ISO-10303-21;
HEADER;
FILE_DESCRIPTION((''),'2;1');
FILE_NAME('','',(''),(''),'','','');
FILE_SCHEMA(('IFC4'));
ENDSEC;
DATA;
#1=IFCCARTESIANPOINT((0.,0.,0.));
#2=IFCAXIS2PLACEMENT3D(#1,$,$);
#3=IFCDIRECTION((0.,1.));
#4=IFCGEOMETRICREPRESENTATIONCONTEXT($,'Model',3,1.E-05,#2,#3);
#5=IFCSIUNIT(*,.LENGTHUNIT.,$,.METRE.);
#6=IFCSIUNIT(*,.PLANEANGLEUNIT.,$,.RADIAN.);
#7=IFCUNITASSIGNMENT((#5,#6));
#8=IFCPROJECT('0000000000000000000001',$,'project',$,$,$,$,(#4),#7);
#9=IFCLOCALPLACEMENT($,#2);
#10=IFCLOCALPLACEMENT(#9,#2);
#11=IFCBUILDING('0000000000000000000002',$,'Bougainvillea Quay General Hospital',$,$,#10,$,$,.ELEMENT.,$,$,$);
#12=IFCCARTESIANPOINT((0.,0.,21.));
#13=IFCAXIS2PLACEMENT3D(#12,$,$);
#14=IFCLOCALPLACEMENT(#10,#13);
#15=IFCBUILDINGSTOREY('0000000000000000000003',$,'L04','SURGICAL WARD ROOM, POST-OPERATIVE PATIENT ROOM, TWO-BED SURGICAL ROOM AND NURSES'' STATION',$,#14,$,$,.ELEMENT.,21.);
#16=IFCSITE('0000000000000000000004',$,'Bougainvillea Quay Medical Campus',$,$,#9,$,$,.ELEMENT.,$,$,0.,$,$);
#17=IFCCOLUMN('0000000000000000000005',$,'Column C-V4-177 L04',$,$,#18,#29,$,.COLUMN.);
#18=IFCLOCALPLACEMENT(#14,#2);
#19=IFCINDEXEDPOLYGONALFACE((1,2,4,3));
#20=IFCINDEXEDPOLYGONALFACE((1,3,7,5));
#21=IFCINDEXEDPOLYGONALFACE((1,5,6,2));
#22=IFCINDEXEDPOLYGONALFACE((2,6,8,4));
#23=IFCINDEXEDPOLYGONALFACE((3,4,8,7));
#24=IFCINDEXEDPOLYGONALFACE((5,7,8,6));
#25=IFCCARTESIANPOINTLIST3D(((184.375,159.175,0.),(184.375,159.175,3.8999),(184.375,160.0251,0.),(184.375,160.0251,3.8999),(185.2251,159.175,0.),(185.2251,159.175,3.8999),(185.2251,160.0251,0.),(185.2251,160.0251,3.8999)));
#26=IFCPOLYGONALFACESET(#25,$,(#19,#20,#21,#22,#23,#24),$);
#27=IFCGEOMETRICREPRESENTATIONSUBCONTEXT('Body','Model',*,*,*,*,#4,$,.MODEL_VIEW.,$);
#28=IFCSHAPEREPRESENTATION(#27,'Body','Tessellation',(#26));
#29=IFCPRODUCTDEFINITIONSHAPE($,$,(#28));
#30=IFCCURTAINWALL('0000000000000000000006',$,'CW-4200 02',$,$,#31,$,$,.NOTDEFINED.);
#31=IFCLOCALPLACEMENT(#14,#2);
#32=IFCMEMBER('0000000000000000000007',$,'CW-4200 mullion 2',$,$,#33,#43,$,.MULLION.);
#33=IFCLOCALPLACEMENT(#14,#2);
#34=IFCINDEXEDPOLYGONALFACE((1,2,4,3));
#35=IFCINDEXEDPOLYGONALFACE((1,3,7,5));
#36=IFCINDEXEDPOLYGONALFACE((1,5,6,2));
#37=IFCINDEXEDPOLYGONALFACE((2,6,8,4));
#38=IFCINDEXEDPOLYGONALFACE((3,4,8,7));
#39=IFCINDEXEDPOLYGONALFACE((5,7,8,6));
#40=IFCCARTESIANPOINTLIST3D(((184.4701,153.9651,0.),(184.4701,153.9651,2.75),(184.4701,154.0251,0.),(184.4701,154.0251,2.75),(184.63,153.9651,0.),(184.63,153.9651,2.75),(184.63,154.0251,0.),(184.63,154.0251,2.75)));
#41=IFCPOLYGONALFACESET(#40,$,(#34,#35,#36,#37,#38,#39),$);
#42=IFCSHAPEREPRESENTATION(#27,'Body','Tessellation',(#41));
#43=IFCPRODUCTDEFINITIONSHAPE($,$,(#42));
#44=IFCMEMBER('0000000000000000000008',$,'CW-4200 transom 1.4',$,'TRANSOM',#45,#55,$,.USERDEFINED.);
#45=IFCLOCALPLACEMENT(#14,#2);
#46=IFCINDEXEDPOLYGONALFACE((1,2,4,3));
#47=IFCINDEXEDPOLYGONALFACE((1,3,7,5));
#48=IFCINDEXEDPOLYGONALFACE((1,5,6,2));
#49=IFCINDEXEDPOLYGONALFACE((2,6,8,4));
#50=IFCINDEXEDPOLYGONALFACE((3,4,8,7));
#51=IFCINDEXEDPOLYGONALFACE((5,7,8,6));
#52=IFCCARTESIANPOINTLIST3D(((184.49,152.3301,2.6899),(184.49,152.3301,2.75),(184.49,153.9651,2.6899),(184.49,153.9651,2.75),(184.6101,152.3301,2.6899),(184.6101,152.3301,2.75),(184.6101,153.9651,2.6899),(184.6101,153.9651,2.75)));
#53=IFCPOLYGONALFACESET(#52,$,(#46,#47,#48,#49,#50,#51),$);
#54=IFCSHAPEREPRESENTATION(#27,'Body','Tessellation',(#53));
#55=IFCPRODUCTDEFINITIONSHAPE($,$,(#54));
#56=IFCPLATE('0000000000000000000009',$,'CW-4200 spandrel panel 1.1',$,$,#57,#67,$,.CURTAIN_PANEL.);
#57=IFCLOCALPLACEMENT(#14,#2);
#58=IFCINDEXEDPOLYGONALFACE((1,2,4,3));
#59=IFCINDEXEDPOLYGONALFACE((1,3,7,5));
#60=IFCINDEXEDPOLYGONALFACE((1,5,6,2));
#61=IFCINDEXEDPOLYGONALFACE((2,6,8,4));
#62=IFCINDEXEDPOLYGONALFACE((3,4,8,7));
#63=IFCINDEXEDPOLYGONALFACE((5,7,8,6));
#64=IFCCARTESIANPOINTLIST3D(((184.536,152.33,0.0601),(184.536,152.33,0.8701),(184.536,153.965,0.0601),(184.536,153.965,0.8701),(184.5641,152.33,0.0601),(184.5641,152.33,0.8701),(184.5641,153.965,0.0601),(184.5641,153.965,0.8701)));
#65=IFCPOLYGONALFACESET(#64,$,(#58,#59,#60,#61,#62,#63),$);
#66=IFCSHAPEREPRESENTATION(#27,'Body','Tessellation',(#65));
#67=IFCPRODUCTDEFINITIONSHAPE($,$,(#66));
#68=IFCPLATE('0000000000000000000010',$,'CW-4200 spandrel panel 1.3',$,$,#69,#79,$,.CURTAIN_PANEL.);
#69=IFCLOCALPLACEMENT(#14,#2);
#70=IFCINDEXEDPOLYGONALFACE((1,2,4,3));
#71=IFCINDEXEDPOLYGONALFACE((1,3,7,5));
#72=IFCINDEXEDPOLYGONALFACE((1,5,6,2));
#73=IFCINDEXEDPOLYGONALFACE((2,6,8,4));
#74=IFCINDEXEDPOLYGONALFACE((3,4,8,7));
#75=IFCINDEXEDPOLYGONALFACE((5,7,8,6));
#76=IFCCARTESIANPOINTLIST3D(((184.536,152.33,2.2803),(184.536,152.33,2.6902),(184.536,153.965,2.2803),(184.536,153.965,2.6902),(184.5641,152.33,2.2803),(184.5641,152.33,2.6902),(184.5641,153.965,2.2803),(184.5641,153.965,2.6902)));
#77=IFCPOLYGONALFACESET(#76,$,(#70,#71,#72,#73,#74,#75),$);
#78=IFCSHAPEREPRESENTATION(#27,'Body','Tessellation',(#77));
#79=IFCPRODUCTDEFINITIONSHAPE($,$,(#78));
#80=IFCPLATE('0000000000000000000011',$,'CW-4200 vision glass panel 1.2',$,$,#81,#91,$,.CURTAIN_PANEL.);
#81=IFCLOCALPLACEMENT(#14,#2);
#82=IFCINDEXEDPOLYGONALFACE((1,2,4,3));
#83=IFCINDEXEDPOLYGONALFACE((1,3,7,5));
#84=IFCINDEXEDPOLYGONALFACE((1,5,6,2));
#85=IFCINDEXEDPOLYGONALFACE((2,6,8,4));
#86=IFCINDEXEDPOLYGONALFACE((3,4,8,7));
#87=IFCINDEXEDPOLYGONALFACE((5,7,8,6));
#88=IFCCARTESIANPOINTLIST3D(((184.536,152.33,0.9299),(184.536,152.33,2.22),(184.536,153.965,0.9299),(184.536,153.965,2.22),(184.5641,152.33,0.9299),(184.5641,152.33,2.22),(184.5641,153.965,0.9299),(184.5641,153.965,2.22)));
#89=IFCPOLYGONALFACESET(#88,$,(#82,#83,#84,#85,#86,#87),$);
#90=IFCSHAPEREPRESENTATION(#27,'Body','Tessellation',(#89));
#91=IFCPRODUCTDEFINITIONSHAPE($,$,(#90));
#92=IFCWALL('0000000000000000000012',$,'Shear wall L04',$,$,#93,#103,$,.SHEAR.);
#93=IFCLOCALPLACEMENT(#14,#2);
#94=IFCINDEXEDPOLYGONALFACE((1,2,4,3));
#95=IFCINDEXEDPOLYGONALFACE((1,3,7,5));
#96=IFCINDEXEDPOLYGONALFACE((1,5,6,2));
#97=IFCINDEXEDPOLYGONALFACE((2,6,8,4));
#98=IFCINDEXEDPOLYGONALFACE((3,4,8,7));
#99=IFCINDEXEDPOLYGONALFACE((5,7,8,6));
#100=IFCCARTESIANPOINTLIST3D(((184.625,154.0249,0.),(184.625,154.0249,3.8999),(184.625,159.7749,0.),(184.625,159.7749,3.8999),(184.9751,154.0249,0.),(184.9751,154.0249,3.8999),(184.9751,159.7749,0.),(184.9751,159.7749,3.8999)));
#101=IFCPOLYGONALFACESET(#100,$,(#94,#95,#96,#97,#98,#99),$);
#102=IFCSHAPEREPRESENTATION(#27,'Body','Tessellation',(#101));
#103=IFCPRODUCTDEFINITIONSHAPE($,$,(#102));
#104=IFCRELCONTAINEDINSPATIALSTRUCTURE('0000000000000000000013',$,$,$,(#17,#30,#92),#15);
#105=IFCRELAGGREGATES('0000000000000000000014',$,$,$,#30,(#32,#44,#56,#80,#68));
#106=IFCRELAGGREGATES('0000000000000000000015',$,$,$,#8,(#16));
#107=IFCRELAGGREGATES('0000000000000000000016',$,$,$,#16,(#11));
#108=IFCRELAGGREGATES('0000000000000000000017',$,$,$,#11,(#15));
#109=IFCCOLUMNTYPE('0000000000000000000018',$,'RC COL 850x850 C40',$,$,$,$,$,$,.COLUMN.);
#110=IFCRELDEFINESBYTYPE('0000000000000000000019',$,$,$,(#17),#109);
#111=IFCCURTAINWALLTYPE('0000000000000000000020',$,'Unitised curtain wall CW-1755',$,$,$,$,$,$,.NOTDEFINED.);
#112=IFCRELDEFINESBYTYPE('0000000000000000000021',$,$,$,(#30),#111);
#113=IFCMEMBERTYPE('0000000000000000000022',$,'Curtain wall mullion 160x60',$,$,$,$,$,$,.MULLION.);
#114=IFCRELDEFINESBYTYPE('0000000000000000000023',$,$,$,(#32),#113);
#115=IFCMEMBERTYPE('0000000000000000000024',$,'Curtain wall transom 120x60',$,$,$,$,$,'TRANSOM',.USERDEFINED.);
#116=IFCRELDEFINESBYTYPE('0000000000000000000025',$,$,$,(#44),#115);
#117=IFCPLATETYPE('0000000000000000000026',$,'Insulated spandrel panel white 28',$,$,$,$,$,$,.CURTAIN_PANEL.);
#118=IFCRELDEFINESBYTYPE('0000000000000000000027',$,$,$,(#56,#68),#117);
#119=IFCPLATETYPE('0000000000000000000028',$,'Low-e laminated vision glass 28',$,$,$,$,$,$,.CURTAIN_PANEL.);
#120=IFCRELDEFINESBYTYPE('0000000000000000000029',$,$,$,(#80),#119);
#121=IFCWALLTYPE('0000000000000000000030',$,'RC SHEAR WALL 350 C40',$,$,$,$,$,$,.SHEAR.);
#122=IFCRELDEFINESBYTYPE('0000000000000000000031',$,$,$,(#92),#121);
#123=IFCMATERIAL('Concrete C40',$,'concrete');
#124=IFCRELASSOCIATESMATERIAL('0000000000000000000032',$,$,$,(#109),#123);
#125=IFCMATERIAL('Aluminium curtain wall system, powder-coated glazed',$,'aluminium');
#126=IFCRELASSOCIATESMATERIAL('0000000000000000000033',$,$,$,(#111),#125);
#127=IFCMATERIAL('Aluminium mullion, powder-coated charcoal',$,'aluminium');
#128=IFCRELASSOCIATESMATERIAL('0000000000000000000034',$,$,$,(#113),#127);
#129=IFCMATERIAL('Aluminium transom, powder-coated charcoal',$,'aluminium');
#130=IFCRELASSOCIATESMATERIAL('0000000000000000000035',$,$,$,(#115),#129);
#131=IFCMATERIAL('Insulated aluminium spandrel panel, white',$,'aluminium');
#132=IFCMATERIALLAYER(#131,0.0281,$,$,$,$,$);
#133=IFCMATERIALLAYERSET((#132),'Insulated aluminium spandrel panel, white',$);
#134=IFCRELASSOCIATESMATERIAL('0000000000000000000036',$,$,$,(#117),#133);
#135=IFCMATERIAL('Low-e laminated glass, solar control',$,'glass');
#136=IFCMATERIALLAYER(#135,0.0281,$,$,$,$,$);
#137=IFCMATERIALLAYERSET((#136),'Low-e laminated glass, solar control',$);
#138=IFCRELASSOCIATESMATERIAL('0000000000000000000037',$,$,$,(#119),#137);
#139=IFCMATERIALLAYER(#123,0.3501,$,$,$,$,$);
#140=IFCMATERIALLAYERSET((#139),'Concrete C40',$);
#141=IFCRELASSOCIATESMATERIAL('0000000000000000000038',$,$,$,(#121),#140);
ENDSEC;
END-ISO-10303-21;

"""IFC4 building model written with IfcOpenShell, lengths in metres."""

from ifc_helpers import new_model, si_unit, direction, frame, frame_2d, origin, origin_2d, place, context, subcontext, project, spatial, rectangle, extrude, material, layer, layer_set, material_profile, profile_set, type_object, element, aggregate, save


model = new_model("IFC4")

# Units and contexts
model_context = context("Model", 3, precision=1e-05, world=origin(), true_north=direction((0.0, 1.0)))
body_context = subcontext(model_context, "Body", "Model", "MODEL_VIEW")
ifc_project = project(units=[si_unit("LENGTHUNIT", "METRE"), si_unit("PLANEANGLEUNIT", "RADIAN")], contexts=[model_context])

# Site, building, storey
site_placement = place(None, origin())
site = spatial("IfcSite", under=ifc_project, at=site_placement, Name="Bougainvillea Quay Medical Campus", CompositionType="ELEMENT", RefElevation=0.0)
building_placement = place(site_placement, origin())
building = spatial("IfcBuilding", under=site, at=building_placement, Name="Bougainvillea Quay General Hospital", CompositionType="ELEMENT")
storey_placement = place(building_placement, frame((0.0, 0.0, 21.0)))
storey = spatial("IfcBuildingStorey", under=building, at=storey_placement, Name="L04", Description="SURGICAL WARD ROOM, POST-OPERATIVE PATIENT ROOM, TWO-BED SURGICAL ROOM AND NURSES' STATION", CompositionType="ELEMENT", Elevation=21.0)

# Column
ifc_material_1 = material(Name="Concrete C40", Category="concrete")
ifc_material_profile_1 = material_profile(ifc_material_1, rectangle(XDim=0.8501, YDim=0.8501, at=origin_2d()))
ifc_profile_set_1 = profile_set([ifc_material_profile_1], Name="Concrete C40")
column_type = type_object("IfcColumnType", Name="RC COL 850x850 C40", PredefinedType="COLUMN", material=ifc_profile_set_1)
column_placement = place(storey_placement, frame((184.8, 159.6001, 0.0), z_axis=(0.0, 0.0, 1.0), x_axis=(1.0, 0.0, 0.0)))
element("IfcColumn", 1, at=column_placement, inside=storey, type_object=column_type, Name="Column C-V4-177 L04", PredefinedType="COLUMN", context=body_context, shape_type="SweptSolid", body=[
    extrude(rectangle(XDim=0.8501, YDim=0.8501, at=origin_2d()), origin(), (0.0, 0.0, 1.0), 3.8999),
])

# Curtain wall, members, plates
ifc_material_2 = material(Name="Aluminium curtain wall system, powder-coated glazed", Category="aluminium")
curtain_wall_type = type_object("IfcCurtainWallType", Name="Unitised curtain wall CW-1755", PredefinedType="NOTDEFINED", material=ifc_material_2)
curtain_wall_placement = place(storey_placement, origin())
curtain_wall = element("IfcCurtainWall", 2, at=curtain_wall_placement, inside=storey, type_object=curtain_wall_type, Name="CW-4200 02", PredefinedType="NOTDEFINED")
ifc_material_3 = material(Name="Aluminium mullion, powder-coated charcoal", Category="aluminium")
ifc_material_profile_2 = material_profile(ifc_material_3, rectangle(XDim=0.1599, YDim=0.0601, at=origin_2d()))
ifc_profile_set_2 = profile_set([ifc_material_profile_2], Name="Aluminium mullion, powder-coated charcoal")
member_type_1 = type_object("IfcMemberType", Name="Curtain wall mullion 160x60", PredefinedType="MULLION", material=ifc_profile_set_2)
member_1_placement = place(storey_placement, frame((184.55, 153.9951, 0.0), z_axis=(0.0, 0.0, 1.0), x_axis=(-1.0, 0.0, 0.0)))
member_1 = element("IfcMember", 3, at=member_1_placement, type_object=member_type_1, Name="CW-4200 mullion 2", PredefinedType="MULLION", context=body_context, shape_type="SweptSolid", body=[
    extrude(rectangle(XDim=0.1599, YDim=0.0601, at=origin_2d()), origin(), (0.0, 0.0, 1.0), 2.75),
])
ifc_material_4 = material(Name="Aluminium transom, powder-coated charcoal", Category="aluminium")
ifc_material_profile_3 = material_profile(ifc_material_4, rectangle(XDim=0.1201, YDim=0.0601, at=origin_2d()))
ifc_profile_set_3 = profile_set([ifc_material_profile_3], Name="Aluminium transom, powder-coated charcoal")
member_type_2 = type_object("IfcMemberType", Name="Curtain wall transom 120x60", ElementType="TRANSOM", PredefinedType="USERDEFINED", material=ifc_profile_set_3)
member_2_placement = place(storey_placement, frame((184.55, 152.3301, 2.72), z_axis=(0.0, 1.0, 0.0), x_axis=(-1.0, 0.0, 0.0)))
member_2 = element("IfcMember", 4, at=member_2_placement, type_object=member_type_2, Name="CW-4200 transom 1.4", ObjectType="TRANSOM", PredefinedType="USERDEFINED", context=body_context, shape_type="SweptSolid", body=[
    extrude(rectangle(XDim=0.1201, YDim=0.0601, at=origin_2d()), origin(), (0.0, 0.0, 1.0), 1.635),
])
ifc_material_5 = material(Name="Insulated aluminium spandrel panel, white", Category="aluminium")
ifc_layer_1 = layer(ifc_material_5, 0.0281)
ifc_layer_set_1 = layer_set([ifc_layer_1], Name="Insulated aluminium spandrel panel, white")
plate_type_1 = type_object("IfcPlateType", Name="Insulated spandrel panel white 28", PredefinedType="CURTAIN_PANEL", material=ifc_layer_set_1)
plate_1_placement = place(storey_placement, frame((184.55, 153.1475, 0.0601), z_axis=(0.0, 0.0, 1.0), x_axis=(0.0, 1.0, 0.0)))
plate_1 = element("IfcPlate", 5, at=plate_1_placement, type_object=plate_type_1, Name="CW-4200 spandrel panel 1.1", PredefinedType="CURTAIN_PANEL", context=body_context, shape_type="SweptSolid", body=[
    extrude(rectangle(XDim=1.635, YDim=0.0281, at=origin_2d()), origin(), (0.0, 0.0, 1.0), 0.8101),
])
plate_2_placement = place(storey_placement, frame((184.55, 153.1475, 2.2803), z_axis=(0.0, 0.0, 1.0), x_axis=(0.0, 1.0, 0.0)))
plate_2 = element("IfcPlate", 6, at=plate_2_placement, type_object=plate_type_1, Name="CW-4200 spandrel panel 1.3", PredefinedType="CURTAIN_PANEL", context=body_context, shape_type="SweptSolid", body=[
    extrude(rectangle(XDim=1.635, YDim=0.0281, at=origin_2d()), origin(), (0.0, 0.0, 1.0), 0.4099),
])
ifc_material_6 = material(Name="Low-e laminated glass, solar control", Category="glass")
ifc_layer_2 = layer(ifc_material_6, 0.0281)
ifc_layer_set_2 = layer_set([ifc_layer_2], Name="Low-e laminated glass, solar control")
plate_type_2 = type_object("IfcPlateType", Name="Low-e laminated vision glass 28", PredefinedType="CURTAIN_PANEL", material=ifc_layer_set_2)
plate_3_placement = place(storey_placement, frame((184.55, 153.1475, 0.9299), z_axis=(0.0, 0.0, 1.0), x_axis=(0.0, 1.0, 0.0)))
plate_3 = element("IfcPlate", 7, at=plate_3_placement, type_object=plate_type_2, Name="CW-4200 vision glass panel 1.2", PredefinedType="CURTAIN_PANEL", context=body_context, shape_type="SweptSolid", body=[
    extrude(rectangle(XDim=1.635, YDim=0.0281, at=origin_2d()), origin(), (0.0, 0.0, 1.0), 1.29),
])
aggregate(curtain_wall, [member_1, member_2, plate_1, plate_3, plate_2])

# Wall
ifc_layer_3 = layer(ifc_material_1, 0.3501)
ifc_layer_set_3 = layer_set([ifc_layer_3], Name="Concrete C40")
wall_type = type_object("IfcWallType", Name="RC SHEAR WALL 350 C40", PredefinedType="SHEAR", material=ifc_layer_set_3)
wall_placement = place(storey_placement, frame((184.8, 154.0249, 0.0), z_axis=(0.0, 0.0, 1.0), x_axis=(0.0, 1.0, 0.0)))
element("IfcWall", 8, at=wall_placement, inside=storey, type_object=wall_type, Name="Shear wall L04", PredefinedType="SHEAR", context=body_context, shape_type="SweptSolid", body=[
    extrude(rectangle(XDim=5.75, YDim=0.3501, at=frame_2d((2.875, 0.0))), origin(), (0.0, 0.0, 1.0), 3.8999),
])

save(model, "model.ifc")
